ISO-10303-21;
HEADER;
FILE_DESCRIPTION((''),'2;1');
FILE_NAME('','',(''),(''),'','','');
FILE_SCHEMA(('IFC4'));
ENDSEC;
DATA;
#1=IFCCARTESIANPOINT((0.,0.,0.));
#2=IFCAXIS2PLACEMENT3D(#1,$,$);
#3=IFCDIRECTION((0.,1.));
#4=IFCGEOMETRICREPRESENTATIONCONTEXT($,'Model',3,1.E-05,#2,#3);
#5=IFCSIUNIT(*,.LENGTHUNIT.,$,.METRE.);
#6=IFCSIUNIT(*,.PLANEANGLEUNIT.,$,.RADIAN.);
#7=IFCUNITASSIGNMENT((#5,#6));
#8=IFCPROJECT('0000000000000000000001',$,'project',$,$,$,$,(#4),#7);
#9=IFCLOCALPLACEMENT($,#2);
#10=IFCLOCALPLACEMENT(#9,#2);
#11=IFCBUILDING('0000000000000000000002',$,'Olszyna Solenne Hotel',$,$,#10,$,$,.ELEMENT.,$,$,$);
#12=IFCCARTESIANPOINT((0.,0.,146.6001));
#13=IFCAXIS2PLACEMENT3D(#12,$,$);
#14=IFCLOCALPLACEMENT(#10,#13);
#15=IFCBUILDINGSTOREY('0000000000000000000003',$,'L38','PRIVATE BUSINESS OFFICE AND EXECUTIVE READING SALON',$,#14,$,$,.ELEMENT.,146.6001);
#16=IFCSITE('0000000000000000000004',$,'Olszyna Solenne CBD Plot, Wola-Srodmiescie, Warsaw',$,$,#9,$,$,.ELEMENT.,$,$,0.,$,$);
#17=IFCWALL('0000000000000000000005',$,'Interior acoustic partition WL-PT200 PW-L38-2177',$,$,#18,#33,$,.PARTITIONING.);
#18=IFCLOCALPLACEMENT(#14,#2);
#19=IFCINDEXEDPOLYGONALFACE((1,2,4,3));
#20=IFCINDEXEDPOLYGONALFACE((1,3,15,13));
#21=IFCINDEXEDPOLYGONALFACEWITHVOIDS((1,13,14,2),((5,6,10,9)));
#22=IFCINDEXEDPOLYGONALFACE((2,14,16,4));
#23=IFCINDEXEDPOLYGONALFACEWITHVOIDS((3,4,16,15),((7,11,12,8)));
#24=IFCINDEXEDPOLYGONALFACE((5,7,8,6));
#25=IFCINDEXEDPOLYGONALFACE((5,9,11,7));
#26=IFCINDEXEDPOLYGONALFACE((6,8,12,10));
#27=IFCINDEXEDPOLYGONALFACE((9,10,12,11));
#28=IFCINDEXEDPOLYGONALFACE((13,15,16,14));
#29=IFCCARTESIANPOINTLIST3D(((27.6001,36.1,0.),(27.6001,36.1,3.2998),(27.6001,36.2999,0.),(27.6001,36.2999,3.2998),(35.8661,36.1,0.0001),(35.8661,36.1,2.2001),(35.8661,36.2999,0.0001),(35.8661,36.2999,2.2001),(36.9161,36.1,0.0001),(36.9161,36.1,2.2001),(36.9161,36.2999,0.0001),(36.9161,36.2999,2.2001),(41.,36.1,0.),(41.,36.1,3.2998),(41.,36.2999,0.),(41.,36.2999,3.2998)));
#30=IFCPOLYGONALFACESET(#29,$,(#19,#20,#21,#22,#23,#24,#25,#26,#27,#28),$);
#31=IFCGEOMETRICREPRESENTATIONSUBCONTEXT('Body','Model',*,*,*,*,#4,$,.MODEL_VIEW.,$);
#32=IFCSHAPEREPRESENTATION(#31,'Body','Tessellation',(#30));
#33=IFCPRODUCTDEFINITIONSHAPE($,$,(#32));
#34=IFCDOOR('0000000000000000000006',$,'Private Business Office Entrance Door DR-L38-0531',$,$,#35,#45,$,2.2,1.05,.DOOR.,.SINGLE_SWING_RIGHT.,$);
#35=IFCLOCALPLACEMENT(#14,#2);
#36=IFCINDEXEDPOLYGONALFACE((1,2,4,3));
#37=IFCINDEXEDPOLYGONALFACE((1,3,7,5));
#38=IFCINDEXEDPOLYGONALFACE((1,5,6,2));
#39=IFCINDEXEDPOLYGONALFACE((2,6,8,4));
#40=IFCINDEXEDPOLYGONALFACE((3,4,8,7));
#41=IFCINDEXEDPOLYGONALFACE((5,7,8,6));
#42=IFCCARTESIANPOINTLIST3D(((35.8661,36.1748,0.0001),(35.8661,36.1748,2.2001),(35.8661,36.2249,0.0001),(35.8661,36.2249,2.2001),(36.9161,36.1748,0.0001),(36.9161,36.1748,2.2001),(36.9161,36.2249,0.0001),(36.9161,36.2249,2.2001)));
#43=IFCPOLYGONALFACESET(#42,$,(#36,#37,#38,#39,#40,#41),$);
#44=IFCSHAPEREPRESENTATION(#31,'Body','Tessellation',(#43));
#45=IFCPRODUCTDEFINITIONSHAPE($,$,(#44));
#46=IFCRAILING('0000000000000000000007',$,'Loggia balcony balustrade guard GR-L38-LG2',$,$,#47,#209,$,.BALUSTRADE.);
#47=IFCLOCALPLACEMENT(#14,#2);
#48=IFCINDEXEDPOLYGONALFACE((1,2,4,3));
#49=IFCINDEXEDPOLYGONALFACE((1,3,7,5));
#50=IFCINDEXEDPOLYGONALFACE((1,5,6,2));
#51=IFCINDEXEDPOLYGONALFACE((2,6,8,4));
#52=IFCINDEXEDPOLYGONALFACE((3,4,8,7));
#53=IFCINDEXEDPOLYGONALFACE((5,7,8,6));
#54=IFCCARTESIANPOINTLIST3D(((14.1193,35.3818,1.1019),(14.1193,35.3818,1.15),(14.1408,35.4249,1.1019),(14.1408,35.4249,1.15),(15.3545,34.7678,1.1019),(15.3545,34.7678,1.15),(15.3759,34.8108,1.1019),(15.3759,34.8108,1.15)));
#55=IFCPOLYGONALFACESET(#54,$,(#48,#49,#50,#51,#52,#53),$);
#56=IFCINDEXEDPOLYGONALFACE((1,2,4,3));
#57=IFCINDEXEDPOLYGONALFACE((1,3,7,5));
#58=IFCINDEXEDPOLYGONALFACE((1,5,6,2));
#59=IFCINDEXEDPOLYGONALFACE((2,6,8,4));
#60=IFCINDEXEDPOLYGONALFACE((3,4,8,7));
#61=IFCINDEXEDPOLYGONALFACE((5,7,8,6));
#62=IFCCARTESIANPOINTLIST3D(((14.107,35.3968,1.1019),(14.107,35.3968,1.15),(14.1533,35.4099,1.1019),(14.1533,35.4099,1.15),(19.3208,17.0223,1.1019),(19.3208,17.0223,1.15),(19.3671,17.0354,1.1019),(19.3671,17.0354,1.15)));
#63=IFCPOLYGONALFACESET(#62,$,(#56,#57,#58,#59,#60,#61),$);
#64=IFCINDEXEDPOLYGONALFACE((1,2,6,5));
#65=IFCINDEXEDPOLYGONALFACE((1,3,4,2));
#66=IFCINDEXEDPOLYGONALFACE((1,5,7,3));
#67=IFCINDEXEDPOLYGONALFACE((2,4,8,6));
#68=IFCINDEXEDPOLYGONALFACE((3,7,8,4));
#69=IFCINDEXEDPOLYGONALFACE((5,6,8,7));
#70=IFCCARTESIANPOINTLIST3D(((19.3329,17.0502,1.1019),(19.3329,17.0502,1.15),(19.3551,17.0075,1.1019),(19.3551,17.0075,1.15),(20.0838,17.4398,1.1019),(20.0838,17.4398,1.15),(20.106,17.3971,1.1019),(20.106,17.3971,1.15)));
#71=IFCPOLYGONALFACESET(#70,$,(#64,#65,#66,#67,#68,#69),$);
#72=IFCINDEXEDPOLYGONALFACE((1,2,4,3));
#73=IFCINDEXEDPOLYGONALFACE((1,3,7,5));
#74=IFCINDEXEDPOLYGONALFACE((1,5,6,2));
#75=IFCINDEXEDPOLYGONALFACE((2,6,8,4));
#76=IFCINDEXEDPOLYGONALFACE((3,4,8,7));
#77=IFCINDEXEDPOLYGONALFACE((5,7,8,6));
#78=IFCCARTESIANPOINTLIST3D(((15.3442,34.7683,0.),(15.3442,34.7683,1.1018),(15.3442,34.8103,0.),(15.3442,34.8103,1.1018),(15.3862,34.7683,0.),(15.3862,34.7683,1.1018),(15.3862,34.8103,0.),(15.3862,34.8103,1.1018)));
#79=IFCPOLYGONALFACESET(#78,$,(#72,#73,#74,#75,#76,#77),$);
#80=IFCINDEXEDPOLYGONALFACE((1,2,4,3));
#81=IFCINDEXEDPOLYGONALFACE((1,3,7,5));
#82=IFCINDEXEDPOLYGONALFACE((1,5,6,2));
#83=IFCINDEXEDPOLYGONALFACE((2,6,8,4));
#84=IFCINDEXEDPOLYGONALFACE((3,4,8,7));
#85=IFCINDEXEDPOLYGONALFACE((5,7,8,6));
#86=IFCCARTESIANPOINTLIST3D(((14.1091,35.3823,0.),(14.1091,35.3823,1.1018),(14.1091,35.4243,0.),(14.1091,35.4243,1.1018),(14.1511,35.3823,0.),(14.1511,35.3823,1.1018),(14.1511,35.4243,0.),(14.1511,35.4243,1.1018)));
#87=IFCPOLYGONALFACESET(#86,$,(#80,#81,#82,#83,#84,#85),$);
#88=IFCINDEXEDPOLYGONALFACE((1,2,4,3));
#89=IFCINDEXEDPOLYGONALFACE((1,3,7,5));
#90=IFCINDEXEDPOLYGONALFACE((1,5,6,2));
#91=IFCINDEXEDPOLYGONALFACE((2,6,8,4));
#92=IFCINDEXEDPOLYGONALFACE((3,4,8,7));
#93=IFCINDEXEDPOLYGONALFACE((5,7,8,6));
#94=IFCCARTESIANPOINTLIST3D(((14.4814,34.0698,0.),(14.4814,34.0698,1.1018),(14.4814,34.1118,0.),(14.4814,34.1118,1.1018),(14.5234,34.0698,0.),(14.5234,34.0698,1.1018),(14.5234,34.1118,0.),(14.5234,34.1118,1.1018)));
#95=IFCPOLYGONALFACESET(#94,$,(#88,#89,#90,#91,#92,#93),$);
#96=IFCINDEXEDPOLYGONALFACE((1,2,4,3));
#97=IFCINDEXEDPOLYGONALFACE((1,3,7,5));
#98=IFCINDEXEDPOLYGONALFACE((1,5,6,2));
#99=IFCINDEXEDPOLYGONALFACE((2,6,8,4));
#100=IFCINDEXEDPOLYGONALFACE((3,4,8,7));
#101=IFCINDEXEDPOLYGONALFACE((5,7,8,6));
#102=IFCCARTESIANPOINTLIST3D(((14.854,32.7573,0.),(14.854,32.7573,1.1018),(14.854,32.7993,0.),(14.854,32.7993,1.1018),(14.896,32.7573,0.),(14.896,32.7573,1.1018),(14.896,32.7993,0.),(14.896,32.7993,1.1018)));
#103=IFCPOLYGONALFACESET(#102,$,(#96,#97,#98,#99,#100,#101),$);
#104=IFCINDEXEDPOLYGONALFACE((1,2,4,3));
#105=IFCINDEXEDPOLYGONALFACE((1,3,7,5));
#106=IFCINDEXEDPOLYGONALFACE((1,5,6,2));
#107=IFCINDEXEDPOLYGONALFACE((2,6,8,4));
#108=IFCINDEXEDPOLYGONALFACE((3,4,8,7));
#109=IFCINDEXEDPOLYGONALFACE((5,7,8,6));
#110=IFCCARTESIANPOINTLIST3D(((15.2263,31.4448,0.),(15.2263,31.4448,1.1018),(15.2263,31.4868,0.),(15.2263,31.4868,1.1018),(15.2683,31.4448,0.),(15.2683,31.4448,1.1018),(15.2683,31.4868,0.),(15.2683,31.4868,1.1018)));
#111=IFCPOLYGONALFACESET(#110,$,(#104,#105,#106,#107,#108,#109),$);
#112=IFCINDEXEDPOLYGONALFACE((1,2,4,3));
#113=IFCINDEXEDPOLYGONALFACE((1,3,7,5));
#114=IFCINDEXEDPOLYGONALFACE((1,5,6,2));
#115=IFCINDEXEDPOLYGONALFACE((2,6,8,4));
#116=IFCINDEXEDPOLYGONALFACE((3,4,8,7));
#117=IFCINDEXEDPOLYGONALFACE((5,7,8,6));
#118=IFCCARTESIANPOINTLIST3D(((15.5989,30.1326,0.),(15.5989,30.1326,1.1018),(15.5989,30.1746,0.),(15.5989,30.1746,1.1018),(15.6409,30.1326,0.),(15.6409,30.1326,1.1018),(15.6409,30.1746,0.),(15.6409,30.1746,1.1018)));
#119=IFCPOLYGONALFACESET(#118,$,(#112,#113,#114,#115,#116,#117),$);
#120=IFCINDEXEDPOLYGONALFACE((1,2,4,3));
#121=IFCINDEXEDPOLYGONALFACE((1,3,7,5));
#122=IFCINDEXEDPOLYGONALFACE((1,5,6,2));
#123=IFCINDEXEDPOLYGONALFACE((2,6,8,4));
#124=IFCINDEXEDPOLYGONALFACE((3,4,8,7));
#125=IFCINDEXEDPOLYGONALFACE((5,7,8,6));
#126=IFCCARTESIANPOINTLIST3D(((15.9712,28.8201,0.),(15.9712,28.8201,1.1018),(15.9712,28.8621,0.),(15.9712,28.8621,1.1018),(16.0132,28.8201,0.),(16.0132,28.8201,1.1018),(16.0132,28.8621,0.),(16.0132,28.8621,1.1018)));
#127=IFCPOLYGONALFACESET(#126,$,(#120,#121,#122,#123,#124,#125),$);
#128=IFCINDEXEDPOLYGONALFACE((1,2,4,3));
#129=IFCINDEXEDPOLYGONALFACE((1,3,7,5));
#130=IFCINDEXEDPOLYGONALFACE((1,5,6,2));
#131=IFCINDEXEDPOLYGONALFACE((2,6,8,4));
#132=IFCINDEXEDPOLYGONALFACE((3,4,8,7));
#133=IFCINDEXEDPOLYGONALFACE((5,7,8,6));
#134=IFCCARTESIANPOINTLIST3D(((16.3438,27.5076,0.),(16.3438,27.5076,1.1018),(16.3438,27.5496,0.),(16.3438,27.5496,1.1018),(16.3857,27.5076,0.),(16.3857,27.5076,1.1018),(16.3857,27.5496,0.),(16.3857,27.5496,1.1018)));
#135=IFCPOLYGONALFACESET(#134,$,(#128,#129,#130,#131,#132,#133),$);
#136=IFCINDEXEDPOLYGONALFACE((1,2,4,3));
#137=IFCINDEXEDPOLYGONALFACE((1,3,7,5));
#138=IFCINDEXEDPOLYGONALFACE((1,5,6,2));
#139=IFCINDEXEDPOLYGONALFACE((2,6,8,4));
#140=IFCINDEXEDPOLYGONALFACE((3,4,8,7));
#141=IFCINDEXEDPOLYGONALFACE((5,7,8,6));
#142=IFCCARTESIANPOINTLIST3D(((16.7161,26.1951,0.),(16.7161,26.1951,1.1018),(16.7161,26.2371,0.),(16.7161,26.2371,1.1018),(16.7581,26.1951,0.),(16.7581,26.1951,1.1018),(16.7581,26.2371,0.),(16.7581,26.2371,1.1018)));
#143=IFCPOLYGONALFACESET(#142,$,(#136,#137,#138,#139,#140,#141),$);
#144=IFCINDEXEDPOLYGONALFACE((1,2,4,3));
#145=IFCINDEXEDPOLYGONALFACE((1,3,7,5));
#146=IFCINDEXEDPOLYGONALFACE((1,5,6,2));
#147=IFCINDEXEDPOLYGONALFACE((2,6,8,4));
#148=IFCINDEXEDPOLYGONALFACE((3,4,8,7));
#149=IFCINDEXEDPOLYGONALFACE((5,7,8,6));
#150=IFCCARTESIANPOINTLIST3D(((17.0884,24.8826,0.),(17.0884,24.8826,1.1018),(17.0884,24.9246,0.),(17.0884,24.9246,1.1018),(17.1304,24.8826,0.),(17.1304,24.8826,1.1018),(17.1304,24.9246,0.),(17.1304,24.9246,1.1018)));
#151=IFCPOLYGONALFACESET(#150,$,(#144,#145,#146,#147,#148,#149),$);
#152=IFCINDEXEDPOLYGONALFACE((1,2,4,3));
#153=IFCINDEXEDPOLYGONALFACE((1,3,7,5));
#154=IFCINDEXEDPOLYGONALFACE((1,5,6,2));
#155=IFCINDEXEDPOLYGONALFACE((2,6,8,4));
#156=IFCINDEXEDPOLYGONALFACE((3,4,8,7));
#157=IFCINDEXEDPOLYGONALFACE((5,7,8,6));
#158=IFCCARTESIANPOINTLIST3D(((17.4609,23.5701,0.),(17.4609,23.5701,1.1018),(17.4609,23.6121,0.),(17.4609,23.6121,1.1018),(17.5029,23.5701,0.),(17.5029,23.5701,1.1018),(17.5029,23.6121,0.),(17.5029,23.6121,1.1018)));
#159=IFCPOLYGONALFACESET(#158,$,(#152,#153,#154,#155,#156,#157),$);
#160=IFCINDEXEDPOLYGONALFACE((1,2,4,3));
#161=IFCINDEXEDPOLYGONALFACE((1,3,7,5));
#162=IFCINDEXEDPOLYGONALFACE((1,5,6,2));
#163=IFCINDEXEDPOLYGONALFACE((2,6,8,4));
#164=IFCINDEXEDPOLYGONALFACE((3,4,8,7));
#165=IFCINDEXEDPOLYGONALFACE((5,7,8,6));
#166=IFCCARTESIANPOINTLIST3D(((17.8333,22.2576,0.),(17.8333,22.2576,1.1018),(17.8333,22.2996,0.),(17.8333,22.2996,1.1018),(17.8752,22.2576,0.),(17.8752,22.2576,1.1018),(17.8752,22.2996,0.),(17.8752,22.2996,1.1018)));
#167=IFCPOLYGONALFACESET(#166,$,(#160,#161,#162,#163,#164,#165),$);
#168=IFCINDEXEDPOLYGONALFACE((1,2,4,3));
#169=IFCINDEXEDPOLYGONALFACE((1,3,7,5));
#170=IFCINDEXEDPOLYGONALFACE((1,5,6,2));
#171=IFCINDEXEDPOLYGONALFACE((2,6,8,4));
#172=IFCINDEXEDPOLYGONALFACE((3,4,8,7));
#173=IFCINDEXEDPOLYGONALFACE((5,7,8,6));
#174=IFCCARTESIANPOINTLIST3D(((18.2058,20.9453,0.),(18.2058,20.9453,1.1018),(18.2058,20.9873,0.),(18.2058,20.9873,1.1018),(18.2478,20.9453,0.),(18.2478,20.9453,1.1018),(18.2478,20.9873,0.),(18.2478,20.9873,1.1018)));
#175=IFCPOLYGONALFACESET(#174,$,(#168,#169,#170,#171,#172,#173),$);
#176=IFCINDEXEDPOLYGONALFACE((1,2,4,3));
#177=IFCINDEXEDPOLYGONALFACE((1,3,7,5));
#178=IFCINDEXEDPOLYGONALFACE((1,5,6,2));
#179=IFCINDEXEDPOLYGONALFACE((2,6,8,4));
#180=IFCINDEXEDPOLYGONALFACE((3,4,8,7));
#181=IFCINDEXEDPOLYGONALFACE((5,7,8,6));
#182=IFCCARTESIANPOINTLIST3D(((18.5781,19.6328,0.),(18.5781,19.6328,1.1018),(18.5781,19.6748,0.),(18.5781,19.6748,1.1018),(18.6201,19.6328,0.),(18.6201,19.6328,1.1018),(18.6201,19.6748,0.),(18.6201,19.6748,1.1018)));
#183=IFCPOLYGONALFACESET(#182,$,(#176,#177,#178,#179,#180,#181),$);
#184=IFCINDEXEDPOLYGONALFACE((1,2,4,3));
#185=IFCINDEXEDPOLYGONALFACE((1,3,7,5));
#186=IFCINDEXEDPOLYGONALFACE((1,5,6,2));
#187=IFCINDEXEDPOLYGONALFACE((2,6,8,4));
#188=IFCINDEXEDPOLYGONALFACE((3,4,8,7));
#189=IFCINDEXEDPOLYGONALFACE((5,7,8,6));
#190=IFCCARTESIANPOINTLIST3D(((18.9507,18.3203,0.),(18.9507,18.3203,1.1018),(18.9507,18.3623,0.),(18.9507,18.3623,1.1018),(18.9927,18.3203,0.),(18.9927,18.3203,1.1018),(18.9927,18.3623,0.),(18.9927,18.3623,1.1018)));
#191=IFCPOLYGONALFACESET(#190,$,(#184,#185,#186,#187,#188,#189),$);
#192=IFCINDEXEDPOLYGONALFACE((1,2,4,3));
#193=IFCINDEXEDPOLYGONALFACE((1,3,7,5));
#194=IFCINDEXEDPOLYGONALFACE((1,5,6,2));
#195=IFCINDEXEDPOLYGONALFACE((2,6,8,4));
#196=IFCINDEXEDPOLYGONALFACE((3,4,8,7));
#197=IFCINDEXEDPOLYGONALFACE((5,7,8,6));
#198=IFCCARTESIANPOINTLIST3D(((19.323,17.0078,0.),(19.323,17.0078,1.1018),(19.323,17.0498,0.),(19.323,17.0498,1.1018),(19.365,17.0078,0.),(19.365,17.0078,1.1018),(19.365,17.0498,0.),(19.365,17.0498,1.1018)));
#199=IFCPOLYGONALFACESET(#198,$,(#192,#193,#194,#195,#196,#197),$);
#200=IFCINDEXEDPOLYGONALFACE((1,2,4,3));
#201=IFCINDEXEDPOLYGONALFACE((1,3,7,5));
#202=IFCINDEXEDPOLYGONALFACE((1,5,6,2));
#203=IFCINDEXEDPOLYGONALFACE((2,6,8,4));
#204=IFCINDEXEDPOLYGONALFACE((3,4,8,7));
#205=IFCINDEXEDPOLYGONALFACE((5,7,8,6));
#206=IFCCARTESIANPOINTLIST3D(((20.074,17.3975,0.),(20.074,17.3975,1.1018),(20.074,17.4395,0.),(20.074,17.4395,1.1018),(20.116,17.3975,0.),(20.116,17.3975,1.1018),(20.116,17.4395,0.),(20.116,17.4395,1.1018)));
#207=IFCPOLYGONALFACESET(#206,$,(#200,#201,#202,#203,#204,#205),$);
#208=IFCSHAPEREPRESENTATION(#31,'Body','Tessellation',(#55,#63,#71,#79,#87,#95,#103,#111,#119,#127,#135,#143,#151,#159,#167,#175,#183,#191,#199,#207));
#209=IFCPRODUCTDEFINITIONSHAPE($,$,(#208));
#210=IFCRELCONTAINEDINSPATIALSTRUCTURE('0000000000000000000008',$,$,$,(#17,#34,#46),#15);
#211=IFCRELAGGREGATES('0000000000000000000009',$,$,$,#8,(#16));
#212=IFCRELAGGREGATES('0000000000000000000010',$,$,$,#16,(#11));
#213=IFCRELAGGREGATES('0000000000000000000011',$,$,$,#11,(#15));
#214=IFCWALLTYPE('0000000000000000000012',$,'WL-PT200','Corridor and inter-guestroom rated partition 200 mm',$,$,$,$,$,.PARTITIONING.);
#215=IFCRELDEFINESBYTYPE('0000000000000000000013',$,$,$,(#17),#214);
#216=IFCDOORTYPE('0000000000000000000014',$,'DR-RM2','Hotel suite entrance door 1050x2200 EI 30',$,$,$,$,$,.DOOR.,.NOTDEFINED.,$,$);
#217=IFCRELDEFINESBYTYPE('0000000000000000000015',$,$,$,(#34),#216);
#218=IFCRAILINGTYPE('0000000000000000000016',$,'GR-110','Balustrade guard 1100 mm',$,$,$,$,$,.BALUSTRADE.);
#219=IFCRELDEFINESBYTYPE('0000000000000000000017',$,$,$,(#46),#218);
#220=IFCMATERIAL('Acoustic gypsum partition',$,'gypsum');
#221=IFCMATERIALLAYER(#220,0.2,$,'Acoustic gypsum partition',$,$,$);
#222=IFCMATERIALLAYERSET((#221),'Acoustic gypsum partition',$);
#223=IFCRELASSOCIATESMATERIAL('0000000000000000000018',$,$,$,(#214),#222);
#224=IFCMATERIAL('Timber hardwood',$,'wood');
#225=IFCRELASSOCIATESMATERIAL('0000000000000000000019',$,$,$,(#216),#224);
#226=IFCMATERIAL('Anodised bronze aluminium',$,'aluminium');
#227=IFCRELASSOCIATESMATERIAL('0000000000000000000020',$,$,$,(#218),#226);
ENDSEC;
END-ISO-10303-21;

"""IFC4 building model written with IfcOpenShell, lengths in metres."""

from ifc_helpers import new_model, si_unit, direction, frame, frame_2d, origin, origin_2d, place, context, subcontext, project, spatial, rectangle, extrude, source, transform, mapped, material, layer, layer_set, type_object, type_shapes, element, fill, save


model = new_model("IFC4")

# Units and contexts
model_context = context("Model", 3, precision=1e-05, world=origin(), true_north=direction((0.0, 1.0)))
body_context = subcontext(model_context, "Body", "Model", "MODEL_VIEW")
ifc_project = project(units=[si_unit("LENGTHUNIT", "METRE"), si_unit("PLANEANGLEUNIT", "RADIAN")], contexts=[model_context])

# Site, building, storey
site_placement = place(None, origin())
site = spatial("IfcSite", under=ifc_project, at=site_placement, Name="Olszyna Solenne CBD Plot, Wola-Srodmiescie, Warsaw", CompositionType="ELEMENT", RefElevation=0.0)
building_placement = place(site_placement, origin())
building = spatial("IfcBuilding", under=site, at=building_placement, Name="Olszyna Solenne Hotel", CompositionType="ELEMENT")
storey_placement = place(building_placement, frame((0.0, 0.0, 146.6001)))
storey = spatial("IfcBuildingStorey", under=building, at=storey_placement, Name="L38", Description="PRIVATE BUSINESS OFFICE AND EXECUTIVE READING SALON", CompositionType="ELEMENT", Elevation=146.6001)

# Shared definitions
ifc_material_1 = material(Name="Acoustic gypsum partition", Category="gypsum")
ifc_layer_1 = layer(ifc_material_1, 0.2, Name="Acoustic gypsum partition")
ifc_layer_set_1 = layer_set([ifc_layer_1], Name="Acoustic gypsum partition")
wall_type_1 = type_object("IfcWallType", Name="WL-PT200", Description="Corridor and inter-guestroom rated partition 200 mm", PredefinedType="PARTITIONING", material=ifc_layer_set_1)

# Wall, opening, door
wall_1_placement = place(storey_placement, frame((27.6001, 36.2, 0.0), z_axis=(0.0, 0.0, 1.0), x_axis=(1.0, 0.0, 0.0)))
wall_1 = element("IfcWall", 1, at=wall_1_placement, inside=storey, type_object=wall_type_1, Name="Interior acoustic partition WL-PT200 PW-L38-2177", PredefinedType="PARTITIONING", context=body_context, shape_type="SweptSolid", body=[
    extrude(rectangle(XDim=13.3999, YDim=0.2, at=frame_2d((6.7, 0.0))), origin(), (0.0, 0.0, 1.0), 3.2998),
])
opening_1_placement = place(wall_1_placement, frame((8.2661, 0.0, 0.0)))
opening_1 = element("IfcOpeningElement", 2, at=opening_1_placement, cuts=wall_1, PredefinedType="OPENING", context=body_context, shape_type="SweptSolid", body=[
    extrude(rectangle(XDim=1.05, YDim=2.2, at=frame_2d((0.5249, 1.1001))), frame((0.0, 0.1099, 0.0), z_axis=(0.0, -1.0, 0.0), x_axis=(1.0, 0.0, 0.0)), (0.0, 0.0, 1.0), 0.22),
])
ifc_material_2 = material(Name="Timber hardwood", Category="wood")
door_type_1 = type_object("IfcDoorType", Name="DR-RM2", Description="Hotel suite entrance door 1050x2200 EI 30", OperationType="NOTDEFINED", PredefinedType="DOOR", material=ifc_material_2)
shared_shape_1 = source(origin(), body_context, "Body", "SweptSolid", [
    extrude(rectangle(XDim=1.05, YDim=2.2, at=frame_2d((0.5249, 1.1001))), frame((0.0, 0.0249, 0.0), z_axis=(0.0, -1.0, 0.0), x_axis=(1.0, 0.0, 0.0)), (0.0, 0.0, 1.0), 0.05),
])
type_shapes(door_type_1, [shared_shape_1])
door_1_placement = place(opening_1_placement, origin())
door_1 = element("IfcDoor", 3, at=door_1_placement, inside=storey, type_object=door_type_1, Name="Private Business Office Entrance Door DR-L38-0531", OperationType="SINGLE_SWING_RIGHT", OverallHeight=2.2, OverallWidth=1.05, PredefinedType="DOOR", context=body_context, shape_type="MappedRepresentation", body=[
    mapped(shared_shape_1, transform((0.0, 0.0, 0.0), x_axis=(1.0, 0.0, 0.0), y_axis=(0.0, 1.0, 0.0), z_axis=(0.0, 0.0, 1.0), scale=1.0)),
])
fill(opening_1, door_1)

# Railing
ifc_material_3 = material(Name="Anodised bronze aluminium", Category="aluminium")
railing_type = type_object("IfcRailingType", Name="GR-110", Description="Balustrade guard 1100 mm", PredefinedType="BALUSTRADE", material=ifc_material_3)
railing_placement = place(storey_placement, frame((15.3652, 34.7893, 0.0)))
element("IfcRailing", 4, at=railing_placement, inside=storey, type_object=railing_type, Name="Loggia balcony balustrade guard GR-L38-LG2", PredefinedType="BALUSTRADE", context=body_context, shape_type="SweptSolid", body=[
    extrude(rectangle(XDim=0.0481, YDim=0.0481, at=origin_2d()), frame((0.0, 0.0, 1.126), z_axis=(-0.895451, 0.445159, 0.0), x_axis=(-0.445159, -0.895451, 0.0)), (0.0, 0.0, 1.0), 1.3794),
    extrude(rectangle(XDim=0.0481, YDim=0.0481, at=origin_2d()), frame((-1.2351, 0.614, 1.126), z_axis=(0.272978, -0.96202, 0.0), x_axis=(0.96202, 0.272978, 0.0)), (0.0, 0.0, 1.0), 19.0999),
    extrude(rectangle(XDim=0.0481, YDim=0.0481, at=origin_2d()), frame((3.9788, -17.7605, 1.126), z_axis=(0.887632, 0.460553, 0.0), x_axis=(-0.460553, 0.887632, 0.0)), (0.0, 0.0, 1.0), 0.8459),
    extrude(rectangle(XDim=0.042, YDim=0.042, at=origin_2d()), origin(), (0.0, 0.0, 1.0), 1.1018),
    extrude(rectangle(XDim=0.042, YDim=0.042, at=origin_2d()), frame((-1.2351, 0.614, 0.0)), (0.0, 0.0, 1.0), 1.1018),
    extrude(rectangle(XDim=0.042, YDim=0.042, at=origin_2d()), frame((-0.8628, -0.6985, 0.0)), (0.0, 0.0, 1.0), 1.1018),
    extrude(rectangle(XDim=0.042, YDim=0.042, at=origin_2d()), frame((-0.4902, -2.011, 0.0)), (0.0, 0.0, 1.0), 1.1018),
    extrude(rectangle(XDim=0.042, YDim=0.042, at=origin_2d()), frame((-0.1179, -3.3235, 0.0)), (0.0, 0.0, 1.0), 1.1018),
    extrude(rectangle(XDim=0.042, YDim=0.042, at=origin_2d()), frame((0.2546, -4.6357, 0.0)), (0.0, 0.0, 1.0), 1.1018),
    extrude(rectangle(XDim=0.042, YDim=0.042, at=origin_2d()), frame((0.627, -5.9482, 0.0)), (0.0, 0.0, 1.0), 1.1018),
    extrude(rectangle(XDim=0.042, YDim=0.042, at=origin_2d()), frame((0.9995, -7.2607, 0.0)), (0.0, 0.0, 1.0), 1.1018),
    extrude(rectangle(XDim=0.042, YDim=0.042, at=origin_2d()), frame((1.3718, -8.5732, 0.0)), (0.0, 0.0, 1.0), 1.1018),
    extrude(rectangle(XDim=0.042, YDim=0.042, at=origin_2d()), frame((1.7441, -9.8857, 0.0)), (0.0, 0.0, 1.0), 1.1018),
    extrude(rectangle(XDim=0.042, YDim=0.042, at=origin_2d()), frame((2.1167, -11.1982, 0.0)), (0.0, 0.0, 1.0), 1.1018),
    extrude(rectangle(XDim=0.042, YDim=0.042, at=origin_2d()), frame((2.489, -12.5107, 0.0)), (0.0, 0.0, 1.0), 1.1018),
    extrude(rectangle(XDim=0.042, YDim=0.042, at=origin_2d()), frame((2.8616, -13.823, 0.0)), (0.0, 0.0, 1.0), 1.1018),
    extrude(rectangle(XDim=0.042, YDim=0.042, at=origin_2d()), frame((3.2339, -15.1355, 0.0)), (0.0, 0.0, 1.0), 1.1018),
    extrude(rectangle(XDim=0.042, YDim=0.042, at=origin_2d()), frame((3.6064, -16.448, 0.0)), (0.0, 0.0, 1.0), 1.1018),
    extrude(rectangle(XDim=0.042, YDim=0.042, at=origin_2d()), frame((3.9788, -17.7605, 0.0)), (0.0, 0.0, 1.0), 1.1018),
    extrude(rectangle(XDim=0.042, YDim=0.042, at=origin_2d()), frame((4.7297, -17.3708, 0.0)), (0.0, 0.0, 1.0), 1.1018),
])

save(model, "model.ifc")
